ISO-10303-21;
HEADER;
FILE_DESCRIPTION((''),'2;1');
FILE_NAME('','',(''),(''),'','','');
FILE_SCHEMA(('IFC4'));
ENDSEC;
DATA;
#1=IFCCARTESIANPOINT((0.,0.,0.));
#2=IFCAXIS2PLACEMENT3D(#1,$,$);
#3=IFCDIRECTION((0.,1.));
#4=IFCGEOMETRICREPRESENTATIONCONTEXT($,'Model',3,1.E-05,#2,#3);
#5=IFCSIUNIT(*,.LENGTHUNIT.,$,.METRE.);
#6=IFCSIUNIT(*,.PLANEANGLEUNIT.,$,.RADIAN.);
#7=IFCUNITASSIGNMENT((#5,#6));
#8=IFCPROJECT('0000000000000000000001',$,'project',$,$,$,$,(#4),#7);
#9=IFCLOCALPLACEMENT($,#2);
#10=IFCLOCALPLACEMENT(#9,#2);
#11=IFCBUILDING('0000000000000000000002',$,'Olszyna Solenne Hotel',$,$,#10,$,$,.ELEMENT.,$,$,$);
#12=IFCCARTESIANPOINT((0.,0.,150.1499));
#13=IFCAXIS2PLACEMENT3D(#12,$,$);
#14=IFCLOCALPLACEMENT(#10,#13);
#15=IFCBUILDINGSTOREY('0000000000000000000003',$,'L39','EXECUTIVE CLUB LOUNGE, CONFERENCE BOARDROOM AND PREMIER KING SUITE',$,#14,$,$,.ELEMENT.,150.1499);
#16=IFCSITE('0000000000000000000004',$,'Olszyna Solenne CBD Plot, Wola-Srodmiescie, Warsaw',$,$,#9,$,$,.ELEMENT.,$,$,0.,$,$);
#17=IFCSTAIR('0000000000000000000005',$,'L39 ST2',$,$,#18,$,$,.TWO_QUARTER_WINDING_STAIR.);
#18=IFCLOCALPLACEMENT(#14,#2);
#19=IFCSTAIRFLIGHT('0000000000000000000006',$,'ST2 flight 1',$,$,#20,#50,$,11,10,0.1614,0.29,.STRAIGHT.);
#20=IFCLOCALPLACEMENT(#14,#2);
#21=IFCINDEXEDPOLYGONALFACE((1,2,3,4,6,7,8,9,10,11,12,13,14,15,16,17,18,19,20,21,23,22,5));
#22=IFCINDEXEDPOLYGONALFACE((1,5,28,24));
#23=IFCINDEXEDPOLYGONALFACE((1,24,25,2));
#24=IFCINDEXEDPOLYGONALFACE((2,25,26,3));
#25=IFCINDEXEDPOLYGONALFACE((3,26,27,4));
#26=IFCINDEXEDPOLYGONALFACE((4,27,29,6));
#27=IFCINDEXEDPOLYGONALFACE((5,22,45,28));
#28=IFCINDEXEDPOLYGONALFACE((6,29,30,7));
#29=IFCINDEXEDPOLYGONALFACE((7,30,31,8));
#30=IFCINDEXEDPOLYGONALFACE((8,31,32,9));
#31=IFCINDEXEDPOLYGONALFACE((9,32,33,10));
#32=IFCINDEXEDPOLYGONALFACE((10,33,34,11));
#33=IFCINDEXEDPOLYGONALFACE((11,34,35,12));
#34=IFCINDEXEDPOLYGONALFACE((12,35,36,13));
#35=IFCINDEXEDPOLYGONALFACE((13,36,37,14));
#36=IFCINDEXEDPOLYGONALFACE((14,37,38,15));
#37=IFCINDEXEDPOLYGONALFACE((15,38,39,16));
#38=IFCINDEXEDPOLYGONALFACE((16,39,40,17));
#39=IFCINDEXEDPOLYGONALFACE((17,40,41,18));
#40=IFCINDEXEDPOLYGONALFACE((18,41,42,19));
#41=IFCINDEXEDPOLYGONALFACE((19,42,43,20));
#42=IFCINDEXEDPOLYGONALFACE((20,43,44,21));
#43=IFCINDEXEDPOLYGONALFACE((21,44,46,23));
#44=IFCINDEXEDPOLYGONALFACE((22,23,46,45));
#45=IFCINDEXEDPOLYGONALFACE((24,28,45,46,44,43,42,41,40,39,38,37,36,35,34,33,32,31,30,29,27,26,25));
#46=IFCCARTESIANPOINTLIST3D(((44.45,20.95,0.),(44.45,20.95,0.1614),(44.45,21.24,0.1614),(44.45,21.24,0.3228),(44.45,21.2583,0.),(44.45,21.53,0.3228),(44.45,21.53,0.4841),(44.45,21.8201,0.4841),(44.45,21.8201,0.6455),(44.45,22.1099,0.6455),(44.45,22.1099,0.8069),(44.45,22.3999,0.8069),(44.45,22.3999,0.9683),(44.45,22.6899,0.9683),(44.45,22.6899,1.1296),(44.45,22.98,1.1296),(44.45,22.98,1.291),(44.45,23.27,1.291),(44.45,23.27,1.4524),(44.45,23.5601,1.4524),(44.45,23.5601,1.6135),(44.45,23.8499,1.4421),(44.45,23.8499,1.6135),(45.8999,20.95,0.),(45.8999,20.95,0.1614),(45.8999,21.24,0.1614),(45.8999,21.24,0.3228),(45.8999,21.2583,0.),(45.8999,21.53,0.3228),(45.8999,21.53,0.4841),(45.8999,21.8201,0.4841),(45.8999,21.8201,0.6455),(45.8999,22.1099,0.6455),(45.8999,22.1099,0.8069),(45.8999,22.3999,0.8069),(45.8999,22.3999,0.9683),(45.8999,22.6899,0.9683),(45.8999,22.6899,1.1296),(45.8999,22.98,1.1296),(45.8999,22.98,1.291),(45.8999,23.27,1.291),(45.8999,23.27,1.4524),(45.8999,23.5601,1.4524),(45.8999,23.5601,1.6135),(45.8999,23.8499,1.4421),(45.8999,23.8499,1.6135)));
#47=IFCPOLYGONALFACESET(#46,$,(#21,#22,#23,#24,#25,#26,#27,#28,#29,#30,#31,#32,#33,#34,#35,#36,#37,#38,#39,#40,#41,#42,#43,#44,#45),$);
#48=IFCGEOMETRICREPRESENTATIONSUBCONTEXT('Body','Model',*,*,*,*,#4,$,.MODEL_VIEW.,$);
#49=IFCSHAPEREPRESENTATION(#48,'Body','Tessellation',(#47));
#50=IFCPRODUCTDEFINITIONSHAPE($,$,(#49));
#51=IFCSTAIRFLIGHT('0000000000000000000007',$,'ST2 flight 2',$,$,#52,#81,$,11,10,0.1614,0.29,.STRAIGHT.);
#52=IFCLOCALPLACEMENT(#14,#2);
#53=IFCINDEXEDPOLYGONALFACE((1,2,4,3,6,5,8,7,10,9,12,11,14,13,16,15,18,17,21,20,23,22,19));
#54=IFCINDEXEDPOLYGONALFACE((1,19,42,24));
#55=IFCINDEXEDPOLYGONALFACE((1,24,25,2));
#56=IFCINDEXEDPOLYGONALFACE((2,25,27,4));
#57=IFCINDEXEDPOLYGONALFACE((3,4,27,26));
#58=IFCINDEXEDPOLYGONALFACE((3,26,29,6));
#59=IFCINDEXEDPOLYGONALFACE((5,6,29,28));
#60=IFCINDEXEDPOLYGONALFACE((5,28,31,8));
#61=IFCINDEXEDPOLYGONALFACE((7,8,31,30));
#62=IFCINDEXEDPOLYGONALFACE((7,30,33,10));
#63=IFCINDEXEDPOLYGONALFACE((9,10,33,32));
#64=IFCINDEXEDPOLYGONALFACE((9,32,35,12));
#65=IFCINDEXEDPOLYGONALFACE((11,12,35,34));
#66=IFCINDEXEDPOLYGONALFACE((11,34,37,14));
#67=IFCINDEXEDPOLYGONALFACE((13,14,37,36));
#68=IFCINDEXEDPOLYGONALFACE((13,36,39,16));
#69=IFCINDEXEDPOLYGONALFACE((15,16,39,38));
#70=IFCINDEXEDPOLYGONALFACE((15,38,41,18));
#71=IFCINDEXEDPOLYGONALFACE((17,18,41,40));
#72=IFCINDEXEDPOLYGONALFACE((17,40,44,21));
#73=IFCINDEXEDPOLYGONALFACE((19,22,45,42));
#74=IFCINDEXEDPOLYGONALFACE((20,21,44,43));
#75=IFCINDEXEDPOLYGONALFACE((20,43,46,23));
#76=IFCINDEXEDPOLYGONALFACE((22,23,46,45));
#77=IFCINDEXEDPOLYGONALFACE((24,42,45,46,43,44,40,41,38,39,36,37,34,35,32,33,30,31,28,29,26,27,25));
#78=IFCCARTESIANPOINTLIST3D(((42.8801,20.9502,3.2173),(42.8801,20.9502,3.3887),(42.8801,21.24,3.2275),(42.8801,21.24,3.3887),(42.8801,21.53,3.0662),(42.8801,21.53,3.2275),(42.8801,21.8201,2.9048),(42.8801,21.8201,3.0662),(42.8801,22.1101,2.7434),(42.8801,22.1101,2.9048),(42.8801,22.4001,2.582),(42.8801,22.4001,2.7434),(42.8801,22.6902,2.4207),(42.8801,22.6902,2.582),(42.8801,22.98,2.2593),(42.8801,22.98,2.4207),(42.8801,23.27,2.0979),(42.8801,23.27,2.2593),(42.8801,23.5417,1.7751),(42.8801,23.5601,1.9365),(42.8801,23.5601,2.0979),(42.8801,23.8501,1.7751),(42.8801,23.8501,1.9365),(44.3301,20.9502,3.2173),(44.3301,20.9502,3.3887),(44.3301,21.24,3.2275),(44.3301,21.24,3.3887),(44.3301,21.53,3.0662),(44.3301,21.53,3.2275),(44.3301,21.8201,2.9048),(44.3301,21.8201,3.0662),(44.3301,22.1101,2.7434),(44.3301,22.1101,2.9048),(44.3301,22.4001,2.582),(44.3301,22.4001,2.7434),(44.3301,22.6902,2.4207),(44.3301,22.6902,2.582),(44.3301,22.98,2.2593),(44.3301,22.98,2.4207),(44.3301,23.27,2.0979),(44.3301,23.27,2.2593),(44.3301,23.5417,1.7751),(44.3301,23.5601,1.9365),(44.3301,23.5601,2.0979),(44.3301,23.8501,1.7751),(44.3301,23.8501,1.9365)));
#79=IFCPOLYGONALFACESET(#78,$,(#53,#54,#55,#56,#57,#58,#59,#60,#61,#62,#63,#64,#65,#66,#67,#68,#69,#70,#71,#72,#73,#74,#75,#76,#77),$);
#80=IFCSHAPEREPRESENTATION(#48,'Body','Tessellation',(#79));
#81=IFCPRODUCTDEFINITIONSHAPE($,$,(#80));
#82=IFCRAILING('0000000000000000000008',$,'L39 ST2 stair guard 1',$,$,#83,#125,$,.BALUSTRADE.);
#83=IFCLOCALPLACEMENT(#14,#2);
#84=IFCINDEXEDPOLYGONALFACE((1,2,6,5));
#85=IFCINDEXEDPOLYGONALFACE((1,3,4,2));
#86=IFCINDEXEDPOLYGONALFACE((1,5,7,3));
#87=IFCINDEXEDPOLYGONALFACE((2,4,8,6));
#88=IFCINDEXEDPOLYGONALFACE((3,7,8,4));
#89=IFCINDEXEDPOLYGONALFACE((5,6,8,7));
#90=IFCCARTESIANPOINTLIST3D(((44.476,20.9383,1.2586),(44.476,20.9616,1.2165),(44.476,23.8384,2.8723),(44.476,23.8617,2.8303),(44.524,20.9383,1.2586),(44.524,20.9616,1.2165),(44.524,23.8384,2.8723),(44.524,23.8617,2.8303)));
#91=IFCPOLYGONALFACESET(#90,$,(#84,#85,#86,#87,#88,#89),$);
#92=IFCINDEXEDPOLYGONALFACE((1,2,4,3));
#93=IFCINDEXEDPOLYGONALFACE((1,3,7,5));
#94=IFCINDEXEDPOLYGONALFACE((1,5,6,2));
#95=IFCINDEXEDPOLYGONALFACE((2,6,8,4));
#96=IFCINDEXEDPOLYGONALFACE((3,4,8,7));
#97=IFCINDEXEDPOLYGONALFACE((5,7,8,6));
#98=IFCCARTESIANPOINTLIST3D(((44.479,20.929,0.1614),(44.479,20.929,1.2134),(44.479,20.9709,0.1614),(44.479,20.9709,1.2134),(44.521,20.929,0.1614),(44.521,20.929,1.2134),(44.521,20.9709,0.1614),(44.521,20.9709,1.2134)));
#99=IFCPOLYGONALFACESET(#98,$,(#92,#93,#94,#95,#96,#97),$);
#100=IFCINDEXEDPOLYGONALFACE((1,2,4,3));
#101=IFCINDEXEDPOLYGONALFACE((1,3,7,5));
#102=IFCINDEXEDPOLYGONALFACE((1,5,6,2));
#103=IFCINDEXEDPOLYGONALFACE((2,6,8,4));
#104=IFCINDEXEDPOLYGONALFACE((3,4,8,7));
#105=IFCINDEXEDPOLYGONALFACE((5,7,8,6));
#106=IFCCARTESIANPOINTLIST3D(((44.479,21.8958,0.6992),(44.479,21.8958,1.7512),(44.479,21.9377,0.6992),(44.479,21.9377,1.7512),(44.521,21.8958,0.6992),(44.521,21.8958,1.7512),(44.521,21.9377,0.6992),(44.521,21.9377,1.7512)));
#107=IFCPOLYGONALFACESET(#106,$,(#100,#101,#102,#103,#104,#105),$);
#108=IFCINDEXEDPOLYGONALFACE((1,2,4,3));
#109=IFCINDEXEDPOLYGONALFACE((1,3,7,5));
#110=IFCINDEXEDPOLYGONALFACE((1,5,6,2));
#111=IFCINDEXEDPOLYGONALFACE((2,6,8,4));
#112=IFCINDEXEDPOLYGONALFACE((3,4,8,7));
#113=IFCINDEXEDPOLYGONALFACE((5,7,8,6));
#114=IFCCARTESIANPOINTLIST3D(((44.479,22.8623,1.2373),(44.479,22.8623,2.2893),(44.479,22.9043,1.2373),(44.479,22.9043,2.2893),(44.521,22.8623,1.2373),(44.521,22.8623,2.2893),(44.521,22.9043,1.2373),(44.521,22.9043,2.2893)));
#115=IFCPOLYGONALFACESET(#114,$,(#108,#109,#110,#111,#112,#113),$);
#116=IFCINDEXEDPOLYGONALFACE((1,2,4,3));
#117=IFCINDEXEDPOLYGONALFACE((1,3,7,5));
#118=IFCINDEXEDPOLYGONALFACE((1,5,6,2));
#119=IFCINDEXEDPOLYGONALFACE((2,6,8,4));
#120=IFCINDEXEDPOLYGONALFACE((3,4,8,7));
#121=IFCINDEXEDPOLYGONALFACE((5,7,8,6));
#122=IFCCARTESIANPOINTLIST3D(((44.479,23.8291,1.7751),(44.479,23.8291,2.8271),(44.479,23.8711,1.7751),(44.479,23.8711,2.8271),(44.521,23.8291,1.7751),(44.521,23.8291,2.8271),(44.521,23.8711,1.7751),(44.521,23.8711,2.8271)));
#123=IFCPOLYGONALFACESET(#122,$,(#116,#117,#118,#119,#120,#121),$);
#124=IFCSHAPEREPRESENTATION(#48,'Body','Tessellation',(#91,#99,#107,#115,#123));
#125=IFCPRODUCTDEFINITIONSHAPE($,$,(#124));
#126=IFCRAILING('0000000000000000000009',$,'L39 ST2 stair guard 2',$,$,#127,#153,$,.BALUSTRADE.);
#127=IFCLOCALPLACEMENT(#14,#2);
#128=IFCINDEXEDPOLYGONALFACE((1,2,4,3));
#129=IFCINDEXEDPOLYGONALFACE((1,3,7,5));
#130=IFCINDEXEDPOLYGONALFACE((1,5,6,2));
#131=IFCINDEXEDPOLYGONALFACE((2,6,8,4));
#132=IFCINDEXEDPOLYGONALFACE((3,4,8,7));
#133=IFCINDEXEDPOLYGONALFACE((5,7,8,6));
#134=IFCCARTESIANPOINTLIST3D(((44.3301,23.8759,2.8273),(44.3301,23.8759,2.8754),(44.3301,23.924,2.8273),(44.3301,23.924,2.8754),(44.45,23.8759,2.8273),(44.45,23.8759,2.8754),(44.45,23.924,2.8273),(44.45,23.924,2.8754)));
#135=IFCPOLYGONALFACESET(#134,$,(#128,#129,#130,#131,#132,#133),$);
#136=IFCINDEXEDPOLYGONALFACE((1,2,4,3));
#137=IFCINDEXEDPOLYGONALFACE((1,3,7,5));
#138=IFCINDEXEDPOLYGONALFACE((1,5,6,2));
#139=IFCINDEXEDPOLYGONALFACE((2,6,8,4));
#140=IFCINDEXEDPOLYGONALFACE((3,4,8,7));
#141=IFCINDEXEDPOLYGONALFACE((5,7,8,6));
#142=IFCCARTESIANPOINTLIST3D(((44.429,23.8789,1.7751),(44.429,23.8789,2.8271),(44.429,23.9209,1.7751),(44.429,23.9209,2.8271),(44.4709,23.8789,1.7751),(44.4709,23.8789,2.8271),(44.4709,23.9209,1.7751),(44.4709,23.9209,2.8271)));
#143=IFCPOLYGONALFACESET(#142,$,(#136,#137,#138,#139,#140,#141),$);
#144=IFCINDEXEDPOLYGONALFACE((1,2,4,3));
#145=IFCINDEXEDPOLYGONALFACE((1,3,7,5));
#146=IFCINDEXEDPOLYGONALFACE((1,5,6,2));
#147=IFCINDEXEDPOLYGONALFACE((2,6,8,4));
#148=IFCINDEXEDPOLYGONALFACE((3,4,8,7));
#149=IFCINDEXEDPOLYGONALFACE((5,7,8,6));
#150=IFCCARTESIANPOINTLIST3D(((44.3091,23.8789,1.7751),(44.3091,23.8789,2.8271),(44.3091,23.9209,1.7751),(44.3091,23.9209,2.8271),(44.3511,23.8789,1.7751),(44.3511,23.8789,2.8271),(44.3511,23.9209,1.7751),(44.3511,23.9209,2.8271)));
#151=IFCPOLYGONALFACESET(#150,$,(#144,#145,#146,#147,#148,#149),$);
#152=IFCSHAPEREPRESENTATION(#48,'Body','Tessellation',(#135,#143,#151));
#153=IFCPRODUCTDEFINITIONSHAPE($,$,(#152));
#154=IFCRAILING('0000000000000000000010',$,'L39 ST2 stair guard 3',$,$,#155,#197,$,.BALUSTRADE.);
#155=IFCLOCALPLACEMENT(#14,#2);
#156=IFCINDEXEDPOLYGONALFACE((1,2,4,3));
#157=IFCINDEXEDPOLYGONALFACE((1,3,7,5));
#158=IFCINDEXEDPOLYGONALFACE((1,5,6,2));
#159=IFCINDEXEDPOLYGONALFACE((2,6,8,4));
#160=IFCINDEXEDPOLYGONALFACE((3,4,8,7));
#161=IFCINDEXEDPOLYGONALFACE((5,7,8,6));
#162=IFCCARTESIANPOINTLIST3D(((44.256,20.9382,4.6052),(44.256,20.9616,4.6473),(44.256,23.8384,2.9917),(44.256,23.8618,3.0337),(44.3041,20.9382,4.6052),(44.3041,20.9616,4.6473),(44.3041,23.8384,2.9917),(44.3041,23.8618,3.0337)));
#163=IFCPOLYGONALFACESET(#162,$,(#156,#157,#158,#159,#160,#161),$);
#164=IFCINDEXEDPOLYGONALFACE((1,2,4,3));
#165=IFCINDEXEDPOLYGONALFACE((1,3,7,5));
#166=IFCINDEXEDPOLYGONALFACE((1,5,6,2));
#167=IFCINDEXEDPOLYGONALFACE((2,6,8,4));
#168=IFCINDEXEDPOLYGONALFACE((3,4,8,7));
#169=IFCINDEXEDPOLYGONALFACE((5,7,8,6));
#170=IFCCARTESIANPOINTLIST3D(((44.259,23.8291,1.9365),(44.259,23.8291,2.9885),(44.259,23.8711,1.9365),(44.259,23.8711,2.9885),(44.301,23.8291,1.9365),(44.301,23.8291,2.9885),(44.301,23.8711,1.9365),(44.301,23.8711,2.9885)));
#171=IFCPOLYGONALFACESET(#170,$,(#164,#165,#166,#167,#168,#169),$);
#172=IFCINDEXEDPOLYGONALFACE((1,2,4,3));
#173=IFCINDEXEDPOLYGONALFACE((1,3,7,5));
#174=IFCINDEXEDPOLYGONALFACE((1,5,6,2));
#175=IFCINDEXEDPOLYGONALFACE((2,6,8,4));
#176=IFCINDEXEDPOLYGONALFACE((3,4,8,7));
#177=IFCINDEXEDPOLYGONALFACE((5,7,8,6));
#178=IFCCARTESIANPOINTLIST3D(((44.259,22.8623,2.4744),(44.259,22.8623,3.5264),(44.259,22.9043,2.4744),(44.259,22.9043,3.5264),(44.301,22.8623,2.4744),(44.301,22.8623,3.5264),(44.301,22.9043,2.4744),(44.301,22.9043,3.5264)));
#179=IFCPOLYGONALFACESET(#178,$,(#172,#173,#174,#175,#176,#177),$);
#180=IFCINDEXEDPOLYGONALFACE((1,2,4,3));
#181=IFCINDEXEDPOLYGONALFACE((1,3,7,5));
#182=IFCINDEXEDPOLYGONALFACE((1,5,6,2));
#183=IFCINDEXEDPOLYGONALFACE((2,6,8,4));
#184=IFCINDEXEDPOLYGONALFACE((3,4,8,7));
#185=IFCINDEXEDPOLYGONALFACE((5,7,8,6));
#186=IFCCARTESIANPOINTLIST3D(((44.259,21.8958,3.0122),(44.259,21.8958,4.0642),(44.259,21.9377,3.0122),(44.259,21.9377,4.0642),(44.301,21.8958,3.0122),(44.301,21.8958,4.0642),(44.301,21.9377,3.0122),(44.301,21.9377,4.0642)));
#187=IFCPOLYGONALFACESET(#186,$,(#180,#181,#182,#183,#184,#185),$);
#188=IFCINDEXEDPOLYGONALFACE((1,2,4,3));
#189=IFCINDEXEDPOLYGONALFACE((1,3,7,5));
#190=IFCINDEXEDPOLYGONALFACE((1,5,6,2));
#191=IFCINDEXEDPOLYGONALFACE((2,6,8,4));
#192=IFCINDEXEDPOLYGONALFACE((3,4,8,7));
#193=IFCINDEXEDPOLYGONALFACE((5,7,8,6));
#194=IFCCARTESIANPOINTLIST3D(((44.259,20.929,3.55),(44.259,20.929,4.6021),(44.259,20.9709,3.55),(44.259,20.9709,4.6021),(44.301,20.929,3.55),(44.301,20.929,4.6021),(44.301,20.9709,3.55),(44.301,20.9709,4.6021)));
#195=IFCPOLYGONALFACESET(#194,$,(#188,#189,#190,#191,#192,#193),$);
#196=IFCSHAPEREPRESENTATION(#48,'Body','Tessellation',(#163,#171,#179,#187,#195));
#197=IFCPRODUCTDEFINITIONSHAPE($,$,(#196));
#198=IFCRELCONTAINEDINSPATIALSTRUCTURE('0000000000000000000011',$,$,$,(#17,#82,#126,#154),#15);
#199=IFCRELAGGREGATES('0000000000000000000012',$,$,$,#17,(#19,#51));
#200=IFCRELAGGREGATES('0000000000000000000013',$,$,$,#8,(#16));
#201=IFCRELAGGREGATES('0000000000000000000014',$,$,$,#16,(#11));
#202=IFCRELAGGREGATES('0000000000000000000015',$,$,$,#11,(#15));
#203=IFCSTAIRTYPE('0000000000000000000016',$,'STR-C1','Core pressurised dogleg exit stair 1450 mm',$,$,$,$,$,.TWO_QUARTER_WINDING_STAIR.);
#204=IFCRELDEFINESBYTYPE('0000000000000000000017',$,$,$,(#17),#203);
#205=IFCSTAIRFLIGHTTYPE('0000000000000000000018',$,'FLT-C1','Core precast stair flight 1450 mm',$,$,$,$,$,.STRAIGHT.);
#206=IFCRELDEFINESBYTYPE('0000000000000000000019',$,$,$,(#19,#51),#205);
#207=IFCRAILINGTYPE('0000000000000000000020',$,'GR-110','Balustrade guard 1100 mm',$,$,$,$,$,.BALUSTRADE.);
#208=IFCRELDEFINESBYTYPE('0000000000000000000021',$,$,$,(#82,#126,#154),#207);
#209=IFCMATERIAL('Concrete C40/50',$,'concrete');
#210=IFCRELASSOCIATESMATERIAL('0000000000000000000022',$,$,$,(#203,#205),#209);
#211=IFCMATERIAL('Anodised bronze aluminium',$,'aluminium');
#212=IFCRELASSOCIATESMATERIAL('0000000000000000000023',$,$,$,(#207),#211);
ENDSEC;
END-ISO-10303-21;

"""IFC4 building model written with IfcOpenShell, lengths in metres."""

from ifc_helpers import new_model, si_unit, direction, frame, origin, origin_2d, place, context, subcontext, project, spatial, polyline, rectangle, outline, extrude, material, type_object, element, aggregate, save


model = new_model("IFC4")

# Units and contexts
model_context = context("Model", 3, precision=1e-05, world=origin(), true_north=direction((0.0, 1.0)))
body_context = subcontext(model_context, "Body", "Model", "MODEL_VIEW")
ifc_project = project(units=[si_unit("LENGTHUNIT", "METRE"), si_unit("PLANEANGLEUNIT", "RADIAN")], contexts=[model_context])

# Site, building, storey
site_placement = place(None, origin())
site = spatial("IfcSite", under=ifc_project, at=site_placement, Name="Olszyna Solenne CBD Plot, Wola-Srodmiescie, Warsaw", CompositionType="ELEMENT", RefElevation=0.0)
building_placement = place(site_placement, origin())
building = spatial("IfcBuilding", under=site, at=building_placement, Name="Olszyna Solenne Hotel", CompositionType="ELEMENT")
storey_placement = place(building_placement, frame((0.0, 0.0, 150.1499)))
storey = spatial("IfcBuildingStorey", under=building, at=storey_placement, Name="L39", Description="EXECUTIVE CLUB LOUNGE, CONFERENCE BOARDROOM AND PREMIER KING SUITE", CompositionType="ELEMENT", Elevation=150.1499)

# Stair, stair flights
ifc_material_1 = material(Name="Concrete C40/50", Category="concrete")
stair_type = type_object("IfcStairType", Name="STR-C1", Description="Core pressurised dogleg exit stair 1450 mm", PredefinedType="TWO_QUARTER_WINDING_STAIR", material=ifc_material_1)
stair_placement = place(storey_placement, origin())
stair = element("IfcStair", 1, at=stair_placement, inside=storey, type_object=stair_type, Name="L39 ST2", PredefinedType="TWO_QUARTER_WINDING_STAIR")
stair_flight_type = type_object("IfcStairFlightType", Name="FLT-C1", Description="Core precast stair flight 1450 mm", PredefinedType="STRAIGHT", material=ifc_material_1)
stair_flight_1_placement = place(storey_placement, frame((45.175, 20.95, 0.0), z_axis=(0.0, 0.0, 1.0), x_axis=(0.0, 1.0, 0.0)))
stair_flight_1 = element("IfcStairFlight", 2, at=stair_flight_1_placement, type_object=stair_flight_type, Name="ST2 flight 1", NumberOfRisers=11, NumberOfTreads=10, PredefinedType="STRAIGHT", RiserHeight=0.1614, TreadLength=0.29, context=body_context, shape_type="SweptSolid", body=[
    extrude(outline(polyline([(0.0, 0.0), (0.0, 0.1614), (0.29, 0.1614), (0.29, 0.3228), (0.5801, 0.3228), (0.5801, 0.4841), (0.8701, 0.4841), (0.8701, 0.6455), (1.1599, 0.6455), (1.1599, 0.8069), (1.45, 0.8069), (1.45, 0.9683), (1.74, 0.9683), (1.74, 1.1296), (2.03, 1.1296), (2.03, 1.291), (2.3201, 1.291), (2.3201, 1.4524), (2.6101, 1.4524), (2.6101, 1.6135), (2.8999, 1.6135), (2.8999, 1.7749), (2.8999, 1.4421), (0.3083, 0.0), (0.0, 0.0)])), frame((0.0, 0.7251, 0.0), z_axis=(0.0, -1.0, 0.0), x_axis=(1.0, 0.0, 0.0)), (0.0, 0.0, 1.0), 1.45),
])
stair_flight_2_placement = place(storey_placement, frame((43.605, 23.8501, 1.7751), z_axis=(0.0, 0.0, 1.0), x_axis=(0.0, -1.0, 0.0)))
stair_flight_2 = element("IfcStairFlight", 3, at=stair_flight_2_placement, type_object=stair_flight_type, Name="ST2 flight 2", NumberOfRisers=11, NumberOfTreads=10, PredefinedType="STRAIGHT", RiserHeight=0.1614, TreadLength=0.29, context=body_context, shape_type="SweptSolid", body=[
    extrude(outline(polyline([(0.0, 0.0), (0.0, 0.1614), (0.29, 0.1614), (0.29, 0.3228), (0.5801, 0.3228), (0.5801, 0.4841), (0.8701, 0.4841), (0.8701, 0.6455), (1.1599, 0.6455), (1.1599, 0.8069), (1.45, 0.8069), (1.45, 0.9683), (1.74, 0.9683), (1.74, 1.1296), (2.03, 1.1296), (2.03, 1.291), (2.3201, 1.291), (2.3201, 1.4524), (2.6101, 1.4524), (2.6101, 1.6135), (2.8999, 1.6135), (2.8999, 1.7749), (2.8999, 1.4421), (0.3083, 0.0), (0.0, 0.0)])), frame((0.0, 0.7251, 0.0), z_axis=(0.0, -1.0, 0.0), x_axis=(1.0, 0.0, 0.0)), (0.0, 0.0, 1.0), 1.45),
])
aggregate(stair, [stair_flight_1, stair_flight_2])

# Railings
ifc_material_2 = material(Name="Anodised bronze aluminium", Category="aluminium")
railing_type_1 = type_object("IfcRailingType", Name="GR-110", Description="Balustrade guard 1100 mm", PredefinedType="BALUSTRADE", material=ifc_material_2)
railing_1_placement = place(storey_placement, frame((44.5, 20.95, 0.1614)))
element("IfcRailing", 4, at=railing_1_placement, inside=storey, type_object=railing_type_1, Name="L39 ST2 stair guard 1", PredefinedType="BALUSTRADE", context=body_context, shape_type="SweptSolid", body=[
    extrude(rectangle(XDim=0.0481, YDim=0.0481, at=origin_2d()), frame((0.0, 0.0, 1.0762), z_axis=(0.0, 0.873827, 0.486236), x_axis=(-1.0, 0.0, 0.0)), (0.0, 0.0, 1.0), 3.3188),
    extrude(rectangle(XDim=0.042, YDim=0.042, at=origin_2d()), origin(), (0.0, 0.0, 1.0), 1.052),
    extrude(rectangle(XDim=0.042, YDim=0.042, at=origin_2d()), frame((0.0, 0.9668, 0.5378)), (0.0, 0.0, 1.0), 1.052),
    extrude(rectangle(XDim=0.042, YDim=0.042, at=origin_2d()), frame((0.0, 1.9333, 1.0759)), (0.0, 0.0, 1.0), 1.052),
    extrude(rectangle(XDim=0.042, YDim=0.042, at=origin_2d()), frame((0.0, 2.9001, 1.6138)), (0.0, 0.0, 1.0), 1.052),
])
railing_2_placement = place(storey_placement, frame((44.45, 23.8999, 1.7751)))
element("IfcRailing", 5, at=railing_2_placement, inside=storey, type_object=railing_type_1, Name="L39 ST2 stair guard 2", PredefinedType="BALUSTRADE", context=body_context, shape_type="SweptSolid", body=[
    extrude(rectangle(XDim=0.0481, YDim=0.0481, at=origin_2d()), frame((0.0, 0.0, 1.0762), z_axis=(-1.0, 0.0, 0.0), x_axis=(0.0, -1.0, 0.0)), (0.0, 0.0, 1.0), 0.1199),
    extrude(rectangle(XDim=0.042, YDim=0.042, at=origin_2d()), origin(), (0.0, 0.0, 1.0), 1.052),
    extrude(rectangle(XDim=0.042, YDim=0.042, at=origin_2d()), frame((-0.1199, 0.0, 0.0)), (0.0, 0.0, 1.0), 1.052),
])
railing_3_placement = place(storey_placement, frame((44.28, 23.8501, 1.9365)))
element("IfcRailing", 6, at=railing_3_placement, inside=storey, type_object=railing_type_1, Name="L39 ST2 stair guard 3", PredefinedType="BALUSTRADE", context=body_context, shape_type="SweptSolid", body=[
    extrude(rectangle(XDim=0.0481, YDim=0.0481, at=origin_2d()), frame((0.0, 0.0, 1.0762), z_axis=(0.0, -0.873859, 0.48618), x_axis=(1.0, 0.0, 0.0)), (0.0, 0.0, 1.0), 3.3188),
    extrude(rectangle(XDim=0.042, YDim=0.042, at=origin_2d()), origin(), (0.0, 0.0, 1.0), 1.052),
    extrude(rectangle(XDim=0.042, YDim=0.042, at=origin_2d()), frame((0.0, -0.9668, 0.5378)), (0.0, 0.0, 1.0), 1.052),
    extrude(rectangle(XDim=0.042, YDim=0.042, at=origin_2d()), frame((0.0, -1.9333, 1.0757)), (0.0, 0.0, 1.0), 1.052),
    extrude(rectangle(XDim=0.042, YDim=0.042, at=origin_2d()), frame((0.0, -2.9001, 1.6135)), (0.0, 0.0, 1.0), 1.052),
])

save(model, "model.ifc")
